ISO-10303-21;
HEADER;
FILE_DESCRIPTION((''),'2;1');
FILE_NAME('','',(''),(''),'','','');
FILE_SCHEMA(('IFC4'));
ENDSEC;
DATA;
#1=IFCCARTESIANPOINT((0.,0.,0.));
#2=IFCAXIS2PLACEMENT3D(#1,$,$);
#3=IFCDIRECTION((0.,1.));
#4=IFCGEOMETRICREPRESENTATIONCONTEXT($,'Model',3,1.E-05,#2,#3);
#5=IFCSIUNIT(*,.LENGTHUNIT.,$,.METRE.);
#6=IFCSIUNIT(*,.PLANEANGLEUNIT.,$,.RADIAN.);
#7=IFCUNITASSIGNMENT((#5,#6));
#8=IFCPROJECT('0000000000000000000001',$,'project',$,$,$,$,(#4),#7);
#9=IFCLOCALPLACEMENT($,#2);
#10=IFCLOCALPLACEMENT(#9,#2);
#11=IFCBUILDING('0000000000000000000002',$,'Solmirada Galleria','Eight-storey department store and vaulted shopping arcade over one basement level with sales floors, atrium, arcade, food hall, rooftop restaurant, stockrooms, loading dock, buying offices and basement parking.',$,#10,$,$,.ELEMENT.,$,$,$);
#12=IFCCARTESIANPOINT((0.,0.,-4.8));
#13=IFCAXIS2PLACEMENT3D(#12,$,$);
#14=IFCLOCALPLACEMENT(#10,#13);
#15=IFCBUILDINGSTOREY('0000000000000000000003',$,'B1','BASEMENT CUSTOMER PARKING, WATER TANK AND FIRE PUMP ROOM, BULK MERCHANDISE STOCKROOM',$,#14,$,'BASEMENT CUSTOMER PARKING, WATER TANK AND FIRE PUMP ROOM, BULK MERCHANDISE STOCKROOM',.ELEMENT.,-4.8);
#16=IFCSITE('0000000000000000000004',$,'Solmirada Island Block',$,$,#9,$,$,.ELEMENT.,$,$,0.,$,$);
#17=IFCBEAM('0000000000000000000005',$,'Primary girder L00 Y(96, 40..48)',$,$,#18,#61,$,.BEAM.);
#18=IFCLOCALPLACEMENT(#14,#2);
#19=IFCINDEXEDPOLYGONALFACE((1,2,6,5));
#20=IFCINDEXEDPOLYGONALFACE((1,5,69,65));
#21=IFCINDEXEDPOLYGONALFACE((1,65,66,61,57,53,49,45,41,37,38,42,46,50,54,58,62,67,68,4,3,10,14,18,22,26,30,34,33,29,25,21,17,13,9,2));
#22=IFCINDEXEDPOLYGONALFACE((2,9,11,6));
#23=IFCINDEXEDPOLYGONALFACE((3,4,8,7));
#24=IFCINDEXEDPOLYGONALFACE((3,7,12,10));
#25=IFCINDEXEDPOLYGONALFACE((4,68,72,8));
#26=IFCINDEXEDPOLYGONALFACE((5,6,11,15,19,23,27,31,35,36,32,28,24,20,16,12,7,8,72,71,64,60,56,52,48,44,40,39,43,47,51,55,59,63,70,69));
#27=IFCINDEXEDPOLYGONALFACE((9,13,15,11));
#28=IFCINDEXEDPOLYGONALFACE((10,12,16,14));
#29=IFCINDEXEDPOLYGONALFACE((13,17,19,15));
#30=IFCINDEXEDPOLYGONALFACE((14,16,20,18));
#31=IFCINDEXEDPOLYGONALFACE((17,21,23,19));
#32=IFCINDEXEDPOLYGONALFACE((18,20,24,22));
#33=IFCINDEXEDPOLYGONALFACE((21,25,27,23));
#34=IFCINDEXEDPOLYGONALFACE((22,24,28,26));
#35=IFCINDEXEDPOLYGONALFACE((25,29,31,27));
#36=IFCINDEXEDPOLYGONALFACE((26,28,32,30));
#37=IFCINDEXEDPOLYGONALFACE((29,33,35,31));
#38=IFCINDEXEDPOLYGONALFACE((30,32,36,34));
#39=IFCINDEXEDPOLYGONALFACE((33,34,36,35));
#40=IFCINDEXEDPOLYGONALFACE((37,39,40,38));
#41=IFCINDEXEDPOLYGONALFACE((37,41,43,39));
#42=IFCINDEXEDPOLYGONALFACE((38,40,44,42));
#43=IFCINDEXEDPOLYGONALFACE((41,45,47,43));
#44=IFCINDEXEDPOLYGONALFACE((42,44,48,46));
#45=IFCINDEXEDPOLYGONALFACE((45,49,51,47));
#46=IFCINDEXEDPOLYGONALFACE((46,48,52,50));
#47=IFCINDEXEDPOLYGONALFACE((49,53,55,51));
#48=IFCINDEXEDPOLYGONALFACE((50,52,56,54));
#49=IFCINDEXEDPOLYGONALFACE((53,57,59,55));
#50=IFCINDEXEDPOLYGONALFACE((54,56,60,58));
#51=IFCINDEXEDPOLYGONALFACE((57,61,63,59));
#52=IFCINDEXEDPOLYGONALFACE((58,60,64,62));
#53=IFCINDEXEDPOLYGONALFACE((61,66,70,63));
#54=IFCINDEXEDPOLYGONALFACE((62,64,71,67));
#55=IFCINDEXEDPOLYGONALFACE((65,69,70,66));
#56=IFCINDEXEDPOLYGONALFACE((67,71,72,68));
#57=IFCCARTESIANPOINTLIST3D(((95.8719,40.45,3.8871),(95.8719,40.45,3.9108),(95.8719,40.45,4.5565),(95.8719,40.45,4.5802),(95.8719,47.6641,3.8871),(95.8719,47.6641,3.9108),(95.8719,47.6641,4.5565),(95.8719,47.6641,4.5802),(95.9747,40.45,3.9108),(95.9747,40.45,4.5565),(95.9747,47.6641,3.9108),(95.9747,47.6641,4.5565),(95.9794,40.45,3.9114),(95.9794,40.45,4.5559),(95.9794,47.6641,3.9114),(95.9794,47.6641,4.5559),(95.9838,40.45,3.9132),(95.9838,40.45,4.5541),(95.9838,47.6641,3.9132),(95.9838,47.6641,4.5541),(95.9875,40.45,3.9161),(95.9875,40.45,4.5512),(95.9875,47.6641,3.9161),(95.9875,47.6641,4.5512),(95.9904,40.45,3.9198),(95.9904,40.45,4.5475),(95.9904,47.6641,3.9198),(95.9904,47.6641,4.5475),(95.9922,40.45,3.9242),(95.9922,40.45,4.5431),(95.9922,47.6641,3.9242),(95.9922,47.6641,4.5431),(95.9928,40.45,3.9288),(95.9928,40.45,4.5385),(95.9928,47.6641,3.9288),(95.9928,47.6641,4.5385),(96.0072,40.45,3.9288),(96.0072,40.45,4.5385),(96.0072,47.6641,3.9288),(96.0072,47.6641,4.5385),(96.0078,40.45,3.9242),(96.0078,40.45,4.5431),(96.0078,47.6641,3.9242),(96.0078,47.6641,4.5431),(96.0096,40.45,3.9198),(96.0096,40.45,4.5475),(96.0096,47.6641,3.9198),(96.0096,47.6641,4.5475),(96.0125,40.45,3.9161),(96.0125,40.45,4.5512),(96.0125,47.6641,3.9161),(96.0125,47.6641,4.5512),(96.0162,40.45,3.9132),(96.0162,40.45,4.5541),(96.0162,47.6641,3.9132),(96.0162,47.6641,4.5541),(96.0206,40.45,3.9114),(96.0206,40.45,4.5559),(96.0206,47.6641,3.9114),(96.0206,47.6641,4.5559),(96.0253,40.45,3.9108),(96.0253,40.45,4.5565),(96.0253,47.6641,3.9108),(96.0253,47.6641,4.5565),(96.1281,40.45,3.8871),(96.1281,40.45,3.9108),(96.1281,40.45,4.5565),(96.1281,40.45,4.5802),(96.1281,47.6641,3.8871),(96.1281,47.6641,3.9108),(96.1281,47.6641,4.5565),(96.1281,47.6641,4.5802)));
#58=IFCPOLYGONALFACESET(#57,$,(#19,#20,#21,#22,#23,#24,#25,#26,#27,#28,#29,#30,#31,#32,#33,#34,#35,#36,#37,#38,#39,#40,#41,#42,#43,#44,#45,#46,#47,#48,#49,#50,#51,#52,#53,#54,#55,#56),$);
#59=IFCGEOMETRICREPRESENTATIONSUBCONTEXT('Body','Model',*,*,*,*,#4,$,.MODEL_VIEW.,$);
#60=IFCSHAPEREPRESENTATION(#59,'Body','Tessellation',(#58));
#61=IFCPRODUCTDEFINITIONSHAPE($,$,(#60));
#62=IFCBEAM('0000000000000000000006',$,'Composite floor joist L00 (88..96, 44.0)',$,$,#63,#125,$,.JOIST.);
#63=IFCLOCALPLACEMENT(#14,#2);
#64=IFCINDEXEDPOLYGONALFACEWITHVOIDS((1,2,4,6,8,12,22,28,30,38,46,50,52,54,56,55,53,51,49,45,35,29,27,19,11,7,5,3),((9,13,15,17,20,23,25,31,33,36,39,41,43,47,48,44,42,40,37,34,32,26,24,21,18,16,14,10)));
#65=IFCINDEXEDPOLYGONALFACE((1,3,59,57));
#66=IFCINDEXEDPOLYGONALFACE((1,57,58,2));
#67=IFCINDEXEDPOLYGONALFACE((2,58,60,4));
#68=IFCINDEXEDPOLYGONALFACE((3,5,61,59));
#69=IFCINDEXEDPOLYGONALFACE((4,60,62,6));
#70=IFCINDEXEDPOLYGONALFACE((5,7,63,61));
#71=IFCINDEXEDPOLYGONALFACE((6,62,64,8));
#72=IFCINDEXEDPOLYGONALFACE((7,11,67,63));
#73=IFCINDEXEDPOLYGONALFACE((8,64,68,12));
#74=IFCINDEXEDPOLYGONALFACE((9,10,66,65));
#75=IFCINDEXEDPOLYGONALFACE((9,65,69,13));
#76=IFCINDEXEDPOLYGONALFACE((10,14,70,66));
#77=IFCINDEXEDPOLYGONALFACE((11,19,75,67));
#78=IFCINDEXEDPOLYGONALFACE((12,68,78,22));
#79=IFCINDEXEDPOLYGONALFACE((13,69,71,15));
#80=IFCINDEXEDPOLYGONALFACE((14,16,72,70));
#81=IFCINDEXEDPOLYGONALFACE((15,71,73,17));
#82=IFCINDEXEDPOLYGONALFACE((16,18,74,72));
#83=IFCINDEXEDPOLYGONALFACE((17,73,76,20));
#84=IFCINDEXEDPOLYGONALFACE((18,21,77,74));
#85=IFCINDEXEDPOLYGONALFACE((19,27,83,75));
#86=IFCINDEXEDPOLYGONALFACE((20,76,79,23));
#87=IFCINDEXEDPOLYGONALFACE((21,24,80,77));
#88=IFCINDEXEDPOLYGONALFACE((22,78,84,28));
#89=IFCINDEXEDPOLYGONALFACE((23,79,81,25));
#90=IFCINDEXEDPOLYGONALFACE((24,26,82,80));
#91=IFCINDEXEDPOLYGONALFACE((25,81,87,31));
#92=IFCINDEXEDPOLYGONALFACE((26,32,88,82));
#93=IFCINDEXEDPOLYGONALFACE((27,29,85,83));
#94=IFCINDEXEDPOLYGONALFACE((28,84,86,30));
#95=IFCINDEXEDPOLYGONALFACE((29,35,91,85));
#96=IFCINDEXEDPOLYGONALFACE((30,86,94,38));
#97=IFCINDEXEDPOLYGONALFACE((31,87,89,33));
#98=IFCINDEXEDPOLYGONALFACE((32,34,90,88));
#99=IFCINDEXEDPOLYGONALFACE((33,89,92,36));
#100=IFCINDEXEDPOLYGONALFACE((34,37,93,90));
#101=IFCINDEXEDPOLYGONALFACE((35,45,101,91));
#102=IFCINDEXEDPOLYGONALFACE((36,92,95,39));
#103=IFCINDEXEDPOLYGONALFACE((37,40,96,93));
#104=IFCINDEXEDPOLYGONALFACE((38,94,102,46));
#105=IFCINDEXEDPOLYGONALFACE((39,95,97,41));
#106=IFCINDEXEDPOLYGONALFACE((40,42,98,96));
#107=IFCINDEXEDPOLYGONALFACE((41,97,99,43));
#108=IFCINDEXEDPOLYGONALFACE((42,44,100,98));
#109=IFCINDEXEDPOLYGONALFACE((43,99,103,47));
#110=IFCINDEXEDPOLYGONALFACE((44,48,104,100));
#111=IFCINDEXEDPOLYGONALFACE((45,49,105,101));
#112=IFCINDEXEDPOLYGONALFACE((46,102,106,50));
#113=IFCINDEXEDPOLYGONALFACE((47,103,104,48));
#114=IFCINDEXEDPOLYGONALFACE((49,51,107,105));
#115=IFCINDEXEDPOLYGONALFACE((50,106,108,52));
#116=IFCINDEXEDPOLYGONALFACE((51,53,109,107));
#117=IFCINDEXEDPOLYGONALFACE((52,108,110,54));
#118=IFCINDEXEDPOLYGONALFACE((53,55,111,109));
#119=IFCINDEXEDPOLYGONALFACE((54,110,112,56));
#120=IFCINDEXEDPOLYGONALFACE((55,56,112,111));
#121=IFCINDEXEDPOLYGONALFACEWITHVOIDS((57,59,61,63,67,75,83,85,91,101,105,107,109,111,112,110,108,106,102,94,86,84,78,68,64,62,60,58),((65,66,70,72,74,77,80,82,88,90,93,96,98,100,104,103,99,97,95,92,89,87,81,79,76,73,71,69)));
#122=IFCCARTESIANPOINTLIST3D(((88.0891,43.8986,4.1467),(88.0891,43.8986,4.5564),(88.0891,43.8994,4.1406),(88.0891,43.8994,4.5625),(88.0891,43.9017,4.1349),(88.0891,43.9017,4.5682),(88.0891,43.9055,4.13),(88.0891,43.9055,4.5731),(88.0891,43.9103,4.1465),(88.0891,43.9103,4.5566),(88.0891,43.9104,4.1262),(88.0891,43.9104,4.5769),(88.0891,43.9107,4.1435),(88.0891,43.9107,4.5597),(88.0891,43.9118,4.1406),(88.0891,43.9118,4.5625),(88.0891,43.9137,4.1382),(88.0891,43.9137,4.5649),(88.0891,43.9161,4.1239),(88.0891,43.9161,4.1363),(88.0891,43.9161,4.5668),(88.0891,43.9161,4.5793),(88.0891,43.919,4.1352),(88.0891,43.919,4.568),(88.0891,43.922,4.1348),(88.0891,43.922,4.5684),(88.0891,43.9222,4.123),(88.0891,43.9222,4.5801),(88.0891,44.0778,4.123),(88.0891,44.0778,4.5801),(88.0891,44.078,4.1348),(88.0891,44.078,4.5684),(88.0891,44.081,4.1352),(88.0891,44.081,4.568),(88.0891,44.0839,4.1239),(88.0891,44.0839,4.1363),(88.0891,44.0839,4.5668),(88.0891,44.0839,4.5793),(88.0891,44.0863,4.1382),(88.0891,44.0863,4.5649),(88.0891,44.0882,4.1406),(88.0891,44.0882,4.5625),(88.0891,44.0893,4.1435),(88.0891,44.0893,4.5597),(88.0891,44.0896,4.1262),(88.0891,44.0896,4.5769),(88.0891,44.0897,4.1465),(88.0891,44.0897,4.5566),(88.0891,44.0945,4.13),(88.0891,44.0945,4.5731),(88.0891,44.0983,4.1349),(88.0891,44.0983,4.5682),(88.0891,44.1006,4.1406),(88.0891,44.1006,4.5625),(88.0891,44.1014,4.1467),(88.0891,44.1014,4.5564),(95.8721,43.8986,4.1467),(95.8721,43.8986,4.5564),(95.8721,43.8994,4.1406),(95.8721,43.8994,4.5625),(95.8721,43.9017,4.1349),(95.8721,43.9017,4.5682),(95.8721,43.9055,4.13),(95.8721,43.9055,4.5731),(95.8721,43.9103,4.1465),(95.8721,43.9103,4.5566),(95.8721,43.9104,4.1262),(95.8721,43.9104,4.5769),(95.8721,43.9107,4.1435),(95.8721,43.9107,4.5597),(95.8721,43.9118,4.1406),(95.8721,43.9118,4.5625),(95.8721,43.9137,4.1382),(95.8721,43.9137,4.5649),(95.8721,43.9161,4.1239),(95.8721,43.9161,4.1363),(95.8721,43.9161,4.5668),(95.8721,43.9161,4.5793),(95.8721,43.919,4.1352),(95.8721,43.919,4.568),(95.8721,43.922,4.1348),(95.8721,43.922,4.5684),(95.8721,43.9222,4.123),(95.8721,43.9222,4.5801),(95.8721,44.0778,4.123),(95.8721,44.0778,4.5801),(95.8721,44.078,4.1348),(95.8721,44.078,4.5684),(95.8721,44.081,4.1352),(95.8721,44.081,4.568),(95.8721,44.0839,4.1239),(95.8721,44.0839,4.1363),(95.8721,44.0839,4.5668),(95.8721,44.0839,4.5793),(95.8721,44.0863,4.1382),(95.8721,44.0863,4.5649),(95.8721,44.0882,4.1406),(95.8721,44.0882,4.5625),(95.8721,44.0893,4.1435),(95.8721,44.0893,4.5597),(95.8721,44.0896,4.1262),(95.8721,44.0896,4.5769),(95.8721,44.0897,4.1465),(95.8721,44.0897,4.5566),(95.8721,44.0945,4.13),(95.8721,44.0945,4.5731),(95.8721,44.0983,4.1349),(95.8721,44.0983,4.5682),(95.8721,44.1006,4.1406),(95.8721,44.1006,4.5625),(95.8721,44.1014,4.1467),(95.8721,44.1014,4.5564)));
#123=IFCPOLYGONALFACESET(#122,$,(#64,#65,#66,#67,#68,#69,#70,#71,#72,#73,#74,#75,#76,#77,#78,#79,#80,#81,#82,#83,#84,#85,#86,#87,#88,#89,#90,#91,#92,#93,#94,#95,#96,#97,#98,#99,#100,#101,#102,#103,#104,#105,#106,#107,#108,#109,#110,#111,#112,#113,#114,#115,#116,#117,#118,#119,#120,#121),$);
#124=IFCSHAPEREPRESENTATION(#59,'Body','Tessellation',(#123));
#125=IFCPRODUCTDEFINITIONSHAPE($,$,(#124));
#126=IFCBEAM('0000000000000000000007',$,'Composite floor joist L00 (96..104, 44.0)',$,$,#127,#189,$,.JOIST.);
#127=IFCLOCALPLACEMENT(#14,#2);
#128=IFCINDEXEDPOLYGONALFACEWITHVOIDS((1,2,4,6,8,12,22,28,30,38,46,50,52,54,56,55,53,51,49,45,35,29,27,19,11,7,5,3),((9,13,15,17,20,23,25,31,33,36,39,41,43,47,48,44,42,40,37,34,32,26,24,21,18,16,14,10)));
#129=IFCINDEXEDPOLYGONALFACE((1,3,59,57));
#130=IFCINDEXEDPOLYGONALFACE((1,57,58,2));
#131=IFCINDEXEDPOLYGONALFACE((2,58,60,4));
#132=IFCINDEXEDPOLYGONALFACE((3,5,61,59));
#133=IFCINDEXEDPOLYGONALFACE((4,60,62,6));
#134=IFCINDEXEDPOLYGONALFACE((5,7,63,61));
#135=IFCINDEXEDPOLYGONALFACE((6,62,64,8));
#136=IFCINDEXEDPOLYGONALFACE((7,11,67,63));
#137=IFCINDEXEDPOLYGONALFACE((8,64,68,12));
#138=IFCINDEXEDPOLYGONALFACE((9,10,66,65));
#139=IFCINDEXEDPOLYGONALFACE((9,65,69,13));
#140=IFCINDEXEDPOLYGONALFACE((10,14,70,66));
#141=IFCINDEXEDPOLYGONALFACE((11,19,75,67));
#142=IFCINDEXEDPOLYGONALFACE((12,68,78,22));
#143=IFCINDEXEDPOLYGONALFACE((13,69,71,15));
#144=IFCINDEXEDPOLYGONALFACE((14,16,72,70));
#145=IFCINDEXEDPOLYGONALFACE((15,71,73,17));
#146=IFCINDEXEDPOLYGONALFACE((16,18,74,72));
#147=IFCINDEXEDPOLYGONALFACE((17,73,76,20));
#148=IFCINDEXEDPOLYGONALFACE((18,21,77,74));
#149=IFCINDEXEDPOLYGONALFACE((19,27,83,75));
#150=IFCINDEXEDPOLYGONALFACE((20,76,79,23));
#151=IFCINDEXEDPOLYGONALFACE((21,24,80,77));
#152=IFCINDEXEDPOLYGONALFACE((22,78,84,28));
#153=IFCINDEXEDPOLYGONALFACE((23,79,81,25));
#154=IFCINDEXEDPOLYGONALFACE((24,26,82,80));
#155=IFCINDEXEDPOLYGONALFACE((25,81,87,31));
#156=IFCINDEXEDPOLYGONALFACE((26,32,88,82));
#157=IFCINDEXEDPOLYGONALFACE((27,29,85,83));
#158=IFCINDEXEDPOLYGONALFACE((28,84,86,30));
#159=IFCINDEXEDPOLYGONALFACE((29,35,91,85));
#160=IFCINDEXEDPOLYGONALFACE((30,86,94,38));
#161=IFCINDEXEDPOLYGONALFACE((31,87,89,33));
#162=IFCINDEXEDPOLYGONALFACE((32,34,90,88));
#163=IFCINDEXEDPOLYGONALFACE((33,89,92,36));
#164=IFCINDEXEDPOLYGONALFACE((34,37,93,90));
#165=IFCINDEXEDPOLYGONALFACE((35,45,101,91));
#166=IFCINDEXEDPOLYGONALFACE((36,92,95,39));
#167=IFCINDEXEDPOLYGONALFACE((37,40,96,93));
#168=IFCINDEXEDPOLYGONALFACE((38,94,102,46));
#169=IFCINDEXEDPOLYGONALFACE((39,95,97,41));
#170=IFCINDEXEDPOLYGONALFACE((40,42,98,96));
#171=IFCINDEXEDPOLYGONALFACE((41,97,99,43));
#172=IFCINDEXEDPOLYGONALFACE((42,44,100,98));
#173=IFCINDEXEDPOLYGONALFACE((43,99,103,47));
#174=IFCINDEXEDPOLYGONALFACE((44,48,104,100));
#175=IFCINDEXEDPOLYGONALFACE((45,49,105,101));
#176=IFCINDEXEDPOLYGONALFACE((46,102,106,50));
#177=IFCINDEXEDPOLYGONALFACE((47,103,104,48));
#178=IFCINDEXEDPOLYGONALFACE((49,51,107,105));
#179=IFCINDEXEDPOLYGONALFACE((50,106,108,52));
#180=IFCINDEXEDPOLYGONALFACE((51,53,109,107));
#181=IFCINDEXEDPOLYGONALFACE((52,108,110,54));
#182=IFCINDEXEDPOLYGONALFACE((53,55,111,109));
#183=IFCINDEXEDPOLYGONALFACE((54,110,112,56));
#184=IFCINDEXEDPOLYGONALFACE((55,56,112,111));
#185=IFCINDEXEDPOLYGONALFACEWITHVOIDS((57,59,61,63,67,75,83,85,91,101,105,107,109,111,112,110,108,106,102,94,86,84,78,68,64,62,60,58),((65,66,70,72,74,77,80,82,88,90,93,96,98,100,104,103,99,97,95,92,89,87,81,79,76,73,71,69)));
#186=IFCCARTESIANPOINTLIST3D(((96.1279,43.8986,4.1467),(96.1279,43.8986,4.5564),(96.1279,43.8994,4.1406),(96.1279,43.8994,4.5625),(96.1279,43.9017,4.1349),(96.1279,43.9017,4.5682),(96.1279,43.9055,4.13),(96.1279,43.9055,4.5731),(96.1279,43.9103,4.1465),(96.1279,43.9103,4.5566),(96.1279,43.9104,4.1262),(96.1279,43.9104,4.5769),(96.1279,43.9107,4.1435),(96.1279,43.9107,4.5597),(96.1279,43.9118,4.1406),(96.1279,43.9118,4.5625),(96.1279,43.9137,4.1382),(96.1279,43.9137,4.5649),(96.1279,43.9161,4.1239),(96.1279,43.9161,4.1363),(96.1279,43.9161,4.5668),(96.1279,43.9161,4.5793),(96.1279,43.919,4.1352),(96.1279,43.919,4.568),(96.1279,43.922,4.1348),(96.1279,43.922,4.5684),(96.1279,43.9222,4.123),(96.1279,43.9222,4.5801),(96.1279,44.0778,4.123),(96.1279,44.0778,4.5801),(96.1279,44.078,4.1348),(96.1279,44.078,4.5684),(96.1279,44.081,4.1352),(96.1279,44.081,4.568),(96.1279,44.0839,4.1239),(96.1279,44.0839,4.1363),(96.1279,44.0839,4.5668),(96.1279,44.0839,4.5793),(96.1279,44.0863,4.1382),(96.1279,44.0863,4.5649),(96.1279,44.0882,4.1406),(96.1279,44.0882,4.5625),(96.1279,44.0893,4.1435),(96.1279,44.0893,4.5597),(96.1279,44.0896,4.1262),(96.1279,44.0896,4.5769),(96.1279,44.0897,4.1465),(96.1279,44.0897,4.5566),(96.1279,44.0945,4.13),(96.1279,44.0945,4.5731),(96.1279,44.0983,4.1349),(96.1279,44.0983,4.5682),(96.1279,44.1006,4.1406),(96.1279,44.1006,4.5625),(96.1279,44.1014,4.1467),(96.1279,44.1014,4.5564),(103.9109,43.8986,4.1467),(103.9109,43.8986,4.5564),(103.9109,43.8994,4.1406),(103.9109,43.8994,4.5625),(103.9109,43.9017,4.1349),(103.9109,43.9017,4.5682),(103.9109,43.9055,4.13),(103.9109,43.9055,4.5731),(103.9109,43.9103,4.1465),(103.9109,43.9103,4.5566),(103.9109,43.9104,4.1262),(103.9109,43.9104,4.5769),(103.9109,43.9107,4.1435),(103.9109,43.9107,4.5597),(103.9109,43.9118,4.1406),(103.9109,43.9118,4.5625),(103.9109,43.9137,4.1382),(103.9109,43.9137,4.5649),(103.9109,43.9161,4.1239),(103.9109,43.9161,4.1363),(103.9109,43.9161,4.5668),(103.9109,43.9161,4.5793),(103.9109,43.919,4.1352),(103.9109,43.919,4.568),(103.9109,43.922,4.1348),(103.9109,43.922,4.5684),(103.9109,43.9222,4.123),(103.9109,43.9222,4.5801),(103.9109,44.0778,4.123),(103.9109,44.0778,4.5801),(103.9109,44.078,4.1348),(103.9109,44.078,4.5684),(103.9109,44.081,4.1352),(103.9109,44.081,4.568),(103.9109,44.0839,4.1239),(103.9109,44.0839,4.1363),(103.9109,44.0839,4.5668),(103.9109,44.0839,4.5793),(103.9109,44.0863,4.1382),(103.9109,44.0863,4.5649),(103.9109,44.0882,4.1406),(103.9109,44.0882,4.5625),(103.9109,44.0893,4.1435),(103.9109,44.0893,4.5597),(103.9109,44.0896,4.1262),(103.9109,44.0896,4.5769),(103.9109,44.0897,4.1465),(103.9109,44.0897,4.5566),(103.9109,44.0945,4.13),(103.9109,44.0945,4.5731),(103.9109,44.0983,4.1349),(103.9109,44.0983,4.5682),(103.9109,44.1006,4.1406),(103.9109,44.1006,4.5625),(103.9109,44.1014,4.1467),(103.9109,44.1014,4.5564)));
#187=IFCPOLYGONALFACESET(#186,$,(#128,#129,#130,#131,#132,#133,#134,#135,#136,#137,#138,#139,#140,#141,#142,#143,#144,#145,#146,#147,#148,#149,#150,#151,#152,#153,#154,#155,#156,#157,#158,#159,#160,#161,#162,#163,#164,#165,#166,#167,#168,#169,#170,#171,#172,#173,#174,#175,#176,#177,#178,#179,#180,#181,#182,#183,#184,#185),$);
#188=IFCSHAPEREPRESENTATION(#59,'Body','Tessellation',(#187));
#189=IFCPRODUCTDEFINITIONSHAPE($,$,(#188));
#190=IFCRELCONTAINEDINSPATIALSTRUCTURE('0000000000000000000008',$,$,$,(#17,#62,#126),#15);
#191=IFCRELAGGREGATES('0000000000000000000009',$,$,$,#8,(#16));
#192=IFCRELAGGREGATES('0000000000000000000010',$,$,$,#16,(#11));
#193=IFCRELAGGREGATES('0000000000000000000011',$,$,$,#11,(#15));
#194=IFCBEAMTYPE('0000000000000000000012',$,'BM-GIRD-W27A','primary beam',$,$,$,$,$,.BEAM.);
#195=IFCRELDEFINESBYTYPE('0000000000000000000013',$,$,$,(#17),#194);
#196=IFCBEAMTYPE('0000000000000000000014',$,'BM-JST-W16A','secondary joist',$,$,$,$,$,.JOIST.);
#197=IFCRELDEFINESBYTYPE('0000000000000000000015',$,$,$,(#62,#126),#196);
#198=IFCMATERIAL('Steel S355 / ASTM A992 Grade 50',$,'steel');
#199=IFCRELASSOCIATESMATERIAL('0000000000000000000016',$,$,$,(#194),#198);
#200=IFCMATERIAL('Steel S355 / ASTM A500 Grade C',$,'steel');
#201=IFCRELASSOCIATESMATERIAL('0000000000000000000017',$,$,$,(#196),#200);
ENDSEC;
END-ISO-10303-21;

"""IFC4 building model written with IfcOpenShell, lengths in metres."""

from ifc_helpers import new_model, si_unit, direction, frame, origin, origin_2d, place, context, subcontext, project, spatial, hollow_rectangle, i_section, extrude, material, material_profile, profile_set, type_object, element, save


model = new_model("IFC4")

# Units and contexts
model_context = context("Model", 3, precision=1e-05, world=origin(), true_north=direction((0.0, 1.0)))
body_context = subcontext(model_context, "Body", "Model", "MODEL_VIEW")
ifc_project = project(units=[si_unit("LENGTHUNIT", "METRE"), si_unit("PLANEANGLEUNIT", "RADIAN")], contexts=[model_context])

# Site, building, storey
site_placement = place(None, origin())
site = spatial("IfcSite", under=ifc_project, at=site_placement, Name="Solmirada Island Block", CompositionType="ELEMENT", RefElevation=0.0)
building_placement = place(site_placement, origin())
building = spatial("IfcBuilding", under=site, at=building_placement, Name="Solmirada Galleria", Description="Eight-storey department store and vaulted shopping arcade over one basement level with sales floors, atrium, arcade, food hall, rooftop restaurant, stockrooms, loading dock, buying offices and basement parking.", CompositionType="ELEMENT")
storey_placement = place(building_placement, frame((0.0, 0.0, -4.8)))
storey = spatial("IfcBuildingStorey", under=building, at=storey_placement, Name="B1", Description="BASEMENT CUSTOMER PARKING, WATER TANK AND FIRE PUMP ROOM, BULK MERCHANDISE STOCKROOM", LongName="BASEMENT CUSTOMER PARKING, WATER TANK AND FIRE PUMP ROOM, BULK MERCHANDISE STOCKROOM", CompositionType="ELEMENT", Elevation=-4.8)

# Beams
ifc_material_1 = material(Name="Steel S355 / ASTM A992 Grade 50", Category="steel")
ifc_material_profile_1 = material_profile(ifc_material_1, i_section(OverallWidth=0.2561, OverallDepth=0.6931, WebThickness=0.0144, FlangeThickness=0.0237, FilletRadius=0.0181, at=origin_2d()), Name="W27X114")
ifc_profile_set_1 = profile_set([ifc_material_profile_1], Name="Steel S355 / ASTM A992 Grade 50")
beam_type_1 = type_object("IfcBeamType", Name="BM-GIRD-W27A", Description="primary beam", PredefinedType="BEAM", material=ifc_profile_set_1)
beam_1_placement = place(storey_placement, frame((96.0, 40.45, 4.2336), z_axis=(0.0, 1.0, 0.0), x_axis=(-1.0, 0.0, 0.0)))
element("IfcBeam", 1, at=beam_1_placement, inside=storey, type_object=beam_type_1, Name="Primary girder L00 Y(96, 40..48)", PredefinedType="BEAM", context=body_context, shape_type="SweptSolid", body=[
    extrude(i_section(OverallWidth=0.2561, OverallDepth=0.6931, WebThickness=0.0144, FlangeThickness=0.0237, FilletRadius=0.0181, at=origin_2d()), origin(), (0.0, 0.0, 1.0), 7.2141),
])
ifc_material_2 = material(Name="Steel S355 / ASTM A500 Grade C", Category="steel")
ifc_material_profile_2 = material_profile(ifc_material_2, hollow_rectangle(XDim=0.2029, YDim=0.457, WallThickness=0.0117, InnerFilletRadius=0.0117, OuterFilletRadius=0.0237, at=origin_2d()), Name="HSS18X8X1/2")
ifc_profile_set_2 = profile_set([ifc_material_profile_2], Name="Steel S355 / ASTM A500 Grade C")
beam_type_2 = type_object("IfcBeamType", Name="BM-JST-W16A", Description="secondary joist", PredefinedType="JOIST", material=ifc_profile_set_2)
for number, where, z_axis, x_axis, name in (
    (2, (88.0891, 44.0, 4.3516), (1.0, 0.0, 0.0), (0.0, 1.0, 0.0), "Composite floor joist L00 (88..96, 44.0)"),
    (3, (96.1279, 44.0, 4.3516), (1.0, 0.0, 0.0), (0.0, 1.0, 0.0), "Composite floor joist L00 (96..104, 44.0)"),
):
    element("IfcBeam", number, at=place(storey_placement, frame(where, z_axis=z_axis, x_axis=x_axis)), inside=storey, type_object=beam_type_2, Name=name, PredefinedType="JOIST", context=body_context, shape_type="SweptSolid", body=[
        extrude(hollow_rectangle(XDim=0.2029, YDim=0.457, WallThickness=0.0117, InnerFilletRadius=0.0117, OuterFilletRadius=0.0237, at=origin_2d()), origin(), (0.0, 0.0, 1.0), 7.783),
    ])

save(model, "model.ifc")
